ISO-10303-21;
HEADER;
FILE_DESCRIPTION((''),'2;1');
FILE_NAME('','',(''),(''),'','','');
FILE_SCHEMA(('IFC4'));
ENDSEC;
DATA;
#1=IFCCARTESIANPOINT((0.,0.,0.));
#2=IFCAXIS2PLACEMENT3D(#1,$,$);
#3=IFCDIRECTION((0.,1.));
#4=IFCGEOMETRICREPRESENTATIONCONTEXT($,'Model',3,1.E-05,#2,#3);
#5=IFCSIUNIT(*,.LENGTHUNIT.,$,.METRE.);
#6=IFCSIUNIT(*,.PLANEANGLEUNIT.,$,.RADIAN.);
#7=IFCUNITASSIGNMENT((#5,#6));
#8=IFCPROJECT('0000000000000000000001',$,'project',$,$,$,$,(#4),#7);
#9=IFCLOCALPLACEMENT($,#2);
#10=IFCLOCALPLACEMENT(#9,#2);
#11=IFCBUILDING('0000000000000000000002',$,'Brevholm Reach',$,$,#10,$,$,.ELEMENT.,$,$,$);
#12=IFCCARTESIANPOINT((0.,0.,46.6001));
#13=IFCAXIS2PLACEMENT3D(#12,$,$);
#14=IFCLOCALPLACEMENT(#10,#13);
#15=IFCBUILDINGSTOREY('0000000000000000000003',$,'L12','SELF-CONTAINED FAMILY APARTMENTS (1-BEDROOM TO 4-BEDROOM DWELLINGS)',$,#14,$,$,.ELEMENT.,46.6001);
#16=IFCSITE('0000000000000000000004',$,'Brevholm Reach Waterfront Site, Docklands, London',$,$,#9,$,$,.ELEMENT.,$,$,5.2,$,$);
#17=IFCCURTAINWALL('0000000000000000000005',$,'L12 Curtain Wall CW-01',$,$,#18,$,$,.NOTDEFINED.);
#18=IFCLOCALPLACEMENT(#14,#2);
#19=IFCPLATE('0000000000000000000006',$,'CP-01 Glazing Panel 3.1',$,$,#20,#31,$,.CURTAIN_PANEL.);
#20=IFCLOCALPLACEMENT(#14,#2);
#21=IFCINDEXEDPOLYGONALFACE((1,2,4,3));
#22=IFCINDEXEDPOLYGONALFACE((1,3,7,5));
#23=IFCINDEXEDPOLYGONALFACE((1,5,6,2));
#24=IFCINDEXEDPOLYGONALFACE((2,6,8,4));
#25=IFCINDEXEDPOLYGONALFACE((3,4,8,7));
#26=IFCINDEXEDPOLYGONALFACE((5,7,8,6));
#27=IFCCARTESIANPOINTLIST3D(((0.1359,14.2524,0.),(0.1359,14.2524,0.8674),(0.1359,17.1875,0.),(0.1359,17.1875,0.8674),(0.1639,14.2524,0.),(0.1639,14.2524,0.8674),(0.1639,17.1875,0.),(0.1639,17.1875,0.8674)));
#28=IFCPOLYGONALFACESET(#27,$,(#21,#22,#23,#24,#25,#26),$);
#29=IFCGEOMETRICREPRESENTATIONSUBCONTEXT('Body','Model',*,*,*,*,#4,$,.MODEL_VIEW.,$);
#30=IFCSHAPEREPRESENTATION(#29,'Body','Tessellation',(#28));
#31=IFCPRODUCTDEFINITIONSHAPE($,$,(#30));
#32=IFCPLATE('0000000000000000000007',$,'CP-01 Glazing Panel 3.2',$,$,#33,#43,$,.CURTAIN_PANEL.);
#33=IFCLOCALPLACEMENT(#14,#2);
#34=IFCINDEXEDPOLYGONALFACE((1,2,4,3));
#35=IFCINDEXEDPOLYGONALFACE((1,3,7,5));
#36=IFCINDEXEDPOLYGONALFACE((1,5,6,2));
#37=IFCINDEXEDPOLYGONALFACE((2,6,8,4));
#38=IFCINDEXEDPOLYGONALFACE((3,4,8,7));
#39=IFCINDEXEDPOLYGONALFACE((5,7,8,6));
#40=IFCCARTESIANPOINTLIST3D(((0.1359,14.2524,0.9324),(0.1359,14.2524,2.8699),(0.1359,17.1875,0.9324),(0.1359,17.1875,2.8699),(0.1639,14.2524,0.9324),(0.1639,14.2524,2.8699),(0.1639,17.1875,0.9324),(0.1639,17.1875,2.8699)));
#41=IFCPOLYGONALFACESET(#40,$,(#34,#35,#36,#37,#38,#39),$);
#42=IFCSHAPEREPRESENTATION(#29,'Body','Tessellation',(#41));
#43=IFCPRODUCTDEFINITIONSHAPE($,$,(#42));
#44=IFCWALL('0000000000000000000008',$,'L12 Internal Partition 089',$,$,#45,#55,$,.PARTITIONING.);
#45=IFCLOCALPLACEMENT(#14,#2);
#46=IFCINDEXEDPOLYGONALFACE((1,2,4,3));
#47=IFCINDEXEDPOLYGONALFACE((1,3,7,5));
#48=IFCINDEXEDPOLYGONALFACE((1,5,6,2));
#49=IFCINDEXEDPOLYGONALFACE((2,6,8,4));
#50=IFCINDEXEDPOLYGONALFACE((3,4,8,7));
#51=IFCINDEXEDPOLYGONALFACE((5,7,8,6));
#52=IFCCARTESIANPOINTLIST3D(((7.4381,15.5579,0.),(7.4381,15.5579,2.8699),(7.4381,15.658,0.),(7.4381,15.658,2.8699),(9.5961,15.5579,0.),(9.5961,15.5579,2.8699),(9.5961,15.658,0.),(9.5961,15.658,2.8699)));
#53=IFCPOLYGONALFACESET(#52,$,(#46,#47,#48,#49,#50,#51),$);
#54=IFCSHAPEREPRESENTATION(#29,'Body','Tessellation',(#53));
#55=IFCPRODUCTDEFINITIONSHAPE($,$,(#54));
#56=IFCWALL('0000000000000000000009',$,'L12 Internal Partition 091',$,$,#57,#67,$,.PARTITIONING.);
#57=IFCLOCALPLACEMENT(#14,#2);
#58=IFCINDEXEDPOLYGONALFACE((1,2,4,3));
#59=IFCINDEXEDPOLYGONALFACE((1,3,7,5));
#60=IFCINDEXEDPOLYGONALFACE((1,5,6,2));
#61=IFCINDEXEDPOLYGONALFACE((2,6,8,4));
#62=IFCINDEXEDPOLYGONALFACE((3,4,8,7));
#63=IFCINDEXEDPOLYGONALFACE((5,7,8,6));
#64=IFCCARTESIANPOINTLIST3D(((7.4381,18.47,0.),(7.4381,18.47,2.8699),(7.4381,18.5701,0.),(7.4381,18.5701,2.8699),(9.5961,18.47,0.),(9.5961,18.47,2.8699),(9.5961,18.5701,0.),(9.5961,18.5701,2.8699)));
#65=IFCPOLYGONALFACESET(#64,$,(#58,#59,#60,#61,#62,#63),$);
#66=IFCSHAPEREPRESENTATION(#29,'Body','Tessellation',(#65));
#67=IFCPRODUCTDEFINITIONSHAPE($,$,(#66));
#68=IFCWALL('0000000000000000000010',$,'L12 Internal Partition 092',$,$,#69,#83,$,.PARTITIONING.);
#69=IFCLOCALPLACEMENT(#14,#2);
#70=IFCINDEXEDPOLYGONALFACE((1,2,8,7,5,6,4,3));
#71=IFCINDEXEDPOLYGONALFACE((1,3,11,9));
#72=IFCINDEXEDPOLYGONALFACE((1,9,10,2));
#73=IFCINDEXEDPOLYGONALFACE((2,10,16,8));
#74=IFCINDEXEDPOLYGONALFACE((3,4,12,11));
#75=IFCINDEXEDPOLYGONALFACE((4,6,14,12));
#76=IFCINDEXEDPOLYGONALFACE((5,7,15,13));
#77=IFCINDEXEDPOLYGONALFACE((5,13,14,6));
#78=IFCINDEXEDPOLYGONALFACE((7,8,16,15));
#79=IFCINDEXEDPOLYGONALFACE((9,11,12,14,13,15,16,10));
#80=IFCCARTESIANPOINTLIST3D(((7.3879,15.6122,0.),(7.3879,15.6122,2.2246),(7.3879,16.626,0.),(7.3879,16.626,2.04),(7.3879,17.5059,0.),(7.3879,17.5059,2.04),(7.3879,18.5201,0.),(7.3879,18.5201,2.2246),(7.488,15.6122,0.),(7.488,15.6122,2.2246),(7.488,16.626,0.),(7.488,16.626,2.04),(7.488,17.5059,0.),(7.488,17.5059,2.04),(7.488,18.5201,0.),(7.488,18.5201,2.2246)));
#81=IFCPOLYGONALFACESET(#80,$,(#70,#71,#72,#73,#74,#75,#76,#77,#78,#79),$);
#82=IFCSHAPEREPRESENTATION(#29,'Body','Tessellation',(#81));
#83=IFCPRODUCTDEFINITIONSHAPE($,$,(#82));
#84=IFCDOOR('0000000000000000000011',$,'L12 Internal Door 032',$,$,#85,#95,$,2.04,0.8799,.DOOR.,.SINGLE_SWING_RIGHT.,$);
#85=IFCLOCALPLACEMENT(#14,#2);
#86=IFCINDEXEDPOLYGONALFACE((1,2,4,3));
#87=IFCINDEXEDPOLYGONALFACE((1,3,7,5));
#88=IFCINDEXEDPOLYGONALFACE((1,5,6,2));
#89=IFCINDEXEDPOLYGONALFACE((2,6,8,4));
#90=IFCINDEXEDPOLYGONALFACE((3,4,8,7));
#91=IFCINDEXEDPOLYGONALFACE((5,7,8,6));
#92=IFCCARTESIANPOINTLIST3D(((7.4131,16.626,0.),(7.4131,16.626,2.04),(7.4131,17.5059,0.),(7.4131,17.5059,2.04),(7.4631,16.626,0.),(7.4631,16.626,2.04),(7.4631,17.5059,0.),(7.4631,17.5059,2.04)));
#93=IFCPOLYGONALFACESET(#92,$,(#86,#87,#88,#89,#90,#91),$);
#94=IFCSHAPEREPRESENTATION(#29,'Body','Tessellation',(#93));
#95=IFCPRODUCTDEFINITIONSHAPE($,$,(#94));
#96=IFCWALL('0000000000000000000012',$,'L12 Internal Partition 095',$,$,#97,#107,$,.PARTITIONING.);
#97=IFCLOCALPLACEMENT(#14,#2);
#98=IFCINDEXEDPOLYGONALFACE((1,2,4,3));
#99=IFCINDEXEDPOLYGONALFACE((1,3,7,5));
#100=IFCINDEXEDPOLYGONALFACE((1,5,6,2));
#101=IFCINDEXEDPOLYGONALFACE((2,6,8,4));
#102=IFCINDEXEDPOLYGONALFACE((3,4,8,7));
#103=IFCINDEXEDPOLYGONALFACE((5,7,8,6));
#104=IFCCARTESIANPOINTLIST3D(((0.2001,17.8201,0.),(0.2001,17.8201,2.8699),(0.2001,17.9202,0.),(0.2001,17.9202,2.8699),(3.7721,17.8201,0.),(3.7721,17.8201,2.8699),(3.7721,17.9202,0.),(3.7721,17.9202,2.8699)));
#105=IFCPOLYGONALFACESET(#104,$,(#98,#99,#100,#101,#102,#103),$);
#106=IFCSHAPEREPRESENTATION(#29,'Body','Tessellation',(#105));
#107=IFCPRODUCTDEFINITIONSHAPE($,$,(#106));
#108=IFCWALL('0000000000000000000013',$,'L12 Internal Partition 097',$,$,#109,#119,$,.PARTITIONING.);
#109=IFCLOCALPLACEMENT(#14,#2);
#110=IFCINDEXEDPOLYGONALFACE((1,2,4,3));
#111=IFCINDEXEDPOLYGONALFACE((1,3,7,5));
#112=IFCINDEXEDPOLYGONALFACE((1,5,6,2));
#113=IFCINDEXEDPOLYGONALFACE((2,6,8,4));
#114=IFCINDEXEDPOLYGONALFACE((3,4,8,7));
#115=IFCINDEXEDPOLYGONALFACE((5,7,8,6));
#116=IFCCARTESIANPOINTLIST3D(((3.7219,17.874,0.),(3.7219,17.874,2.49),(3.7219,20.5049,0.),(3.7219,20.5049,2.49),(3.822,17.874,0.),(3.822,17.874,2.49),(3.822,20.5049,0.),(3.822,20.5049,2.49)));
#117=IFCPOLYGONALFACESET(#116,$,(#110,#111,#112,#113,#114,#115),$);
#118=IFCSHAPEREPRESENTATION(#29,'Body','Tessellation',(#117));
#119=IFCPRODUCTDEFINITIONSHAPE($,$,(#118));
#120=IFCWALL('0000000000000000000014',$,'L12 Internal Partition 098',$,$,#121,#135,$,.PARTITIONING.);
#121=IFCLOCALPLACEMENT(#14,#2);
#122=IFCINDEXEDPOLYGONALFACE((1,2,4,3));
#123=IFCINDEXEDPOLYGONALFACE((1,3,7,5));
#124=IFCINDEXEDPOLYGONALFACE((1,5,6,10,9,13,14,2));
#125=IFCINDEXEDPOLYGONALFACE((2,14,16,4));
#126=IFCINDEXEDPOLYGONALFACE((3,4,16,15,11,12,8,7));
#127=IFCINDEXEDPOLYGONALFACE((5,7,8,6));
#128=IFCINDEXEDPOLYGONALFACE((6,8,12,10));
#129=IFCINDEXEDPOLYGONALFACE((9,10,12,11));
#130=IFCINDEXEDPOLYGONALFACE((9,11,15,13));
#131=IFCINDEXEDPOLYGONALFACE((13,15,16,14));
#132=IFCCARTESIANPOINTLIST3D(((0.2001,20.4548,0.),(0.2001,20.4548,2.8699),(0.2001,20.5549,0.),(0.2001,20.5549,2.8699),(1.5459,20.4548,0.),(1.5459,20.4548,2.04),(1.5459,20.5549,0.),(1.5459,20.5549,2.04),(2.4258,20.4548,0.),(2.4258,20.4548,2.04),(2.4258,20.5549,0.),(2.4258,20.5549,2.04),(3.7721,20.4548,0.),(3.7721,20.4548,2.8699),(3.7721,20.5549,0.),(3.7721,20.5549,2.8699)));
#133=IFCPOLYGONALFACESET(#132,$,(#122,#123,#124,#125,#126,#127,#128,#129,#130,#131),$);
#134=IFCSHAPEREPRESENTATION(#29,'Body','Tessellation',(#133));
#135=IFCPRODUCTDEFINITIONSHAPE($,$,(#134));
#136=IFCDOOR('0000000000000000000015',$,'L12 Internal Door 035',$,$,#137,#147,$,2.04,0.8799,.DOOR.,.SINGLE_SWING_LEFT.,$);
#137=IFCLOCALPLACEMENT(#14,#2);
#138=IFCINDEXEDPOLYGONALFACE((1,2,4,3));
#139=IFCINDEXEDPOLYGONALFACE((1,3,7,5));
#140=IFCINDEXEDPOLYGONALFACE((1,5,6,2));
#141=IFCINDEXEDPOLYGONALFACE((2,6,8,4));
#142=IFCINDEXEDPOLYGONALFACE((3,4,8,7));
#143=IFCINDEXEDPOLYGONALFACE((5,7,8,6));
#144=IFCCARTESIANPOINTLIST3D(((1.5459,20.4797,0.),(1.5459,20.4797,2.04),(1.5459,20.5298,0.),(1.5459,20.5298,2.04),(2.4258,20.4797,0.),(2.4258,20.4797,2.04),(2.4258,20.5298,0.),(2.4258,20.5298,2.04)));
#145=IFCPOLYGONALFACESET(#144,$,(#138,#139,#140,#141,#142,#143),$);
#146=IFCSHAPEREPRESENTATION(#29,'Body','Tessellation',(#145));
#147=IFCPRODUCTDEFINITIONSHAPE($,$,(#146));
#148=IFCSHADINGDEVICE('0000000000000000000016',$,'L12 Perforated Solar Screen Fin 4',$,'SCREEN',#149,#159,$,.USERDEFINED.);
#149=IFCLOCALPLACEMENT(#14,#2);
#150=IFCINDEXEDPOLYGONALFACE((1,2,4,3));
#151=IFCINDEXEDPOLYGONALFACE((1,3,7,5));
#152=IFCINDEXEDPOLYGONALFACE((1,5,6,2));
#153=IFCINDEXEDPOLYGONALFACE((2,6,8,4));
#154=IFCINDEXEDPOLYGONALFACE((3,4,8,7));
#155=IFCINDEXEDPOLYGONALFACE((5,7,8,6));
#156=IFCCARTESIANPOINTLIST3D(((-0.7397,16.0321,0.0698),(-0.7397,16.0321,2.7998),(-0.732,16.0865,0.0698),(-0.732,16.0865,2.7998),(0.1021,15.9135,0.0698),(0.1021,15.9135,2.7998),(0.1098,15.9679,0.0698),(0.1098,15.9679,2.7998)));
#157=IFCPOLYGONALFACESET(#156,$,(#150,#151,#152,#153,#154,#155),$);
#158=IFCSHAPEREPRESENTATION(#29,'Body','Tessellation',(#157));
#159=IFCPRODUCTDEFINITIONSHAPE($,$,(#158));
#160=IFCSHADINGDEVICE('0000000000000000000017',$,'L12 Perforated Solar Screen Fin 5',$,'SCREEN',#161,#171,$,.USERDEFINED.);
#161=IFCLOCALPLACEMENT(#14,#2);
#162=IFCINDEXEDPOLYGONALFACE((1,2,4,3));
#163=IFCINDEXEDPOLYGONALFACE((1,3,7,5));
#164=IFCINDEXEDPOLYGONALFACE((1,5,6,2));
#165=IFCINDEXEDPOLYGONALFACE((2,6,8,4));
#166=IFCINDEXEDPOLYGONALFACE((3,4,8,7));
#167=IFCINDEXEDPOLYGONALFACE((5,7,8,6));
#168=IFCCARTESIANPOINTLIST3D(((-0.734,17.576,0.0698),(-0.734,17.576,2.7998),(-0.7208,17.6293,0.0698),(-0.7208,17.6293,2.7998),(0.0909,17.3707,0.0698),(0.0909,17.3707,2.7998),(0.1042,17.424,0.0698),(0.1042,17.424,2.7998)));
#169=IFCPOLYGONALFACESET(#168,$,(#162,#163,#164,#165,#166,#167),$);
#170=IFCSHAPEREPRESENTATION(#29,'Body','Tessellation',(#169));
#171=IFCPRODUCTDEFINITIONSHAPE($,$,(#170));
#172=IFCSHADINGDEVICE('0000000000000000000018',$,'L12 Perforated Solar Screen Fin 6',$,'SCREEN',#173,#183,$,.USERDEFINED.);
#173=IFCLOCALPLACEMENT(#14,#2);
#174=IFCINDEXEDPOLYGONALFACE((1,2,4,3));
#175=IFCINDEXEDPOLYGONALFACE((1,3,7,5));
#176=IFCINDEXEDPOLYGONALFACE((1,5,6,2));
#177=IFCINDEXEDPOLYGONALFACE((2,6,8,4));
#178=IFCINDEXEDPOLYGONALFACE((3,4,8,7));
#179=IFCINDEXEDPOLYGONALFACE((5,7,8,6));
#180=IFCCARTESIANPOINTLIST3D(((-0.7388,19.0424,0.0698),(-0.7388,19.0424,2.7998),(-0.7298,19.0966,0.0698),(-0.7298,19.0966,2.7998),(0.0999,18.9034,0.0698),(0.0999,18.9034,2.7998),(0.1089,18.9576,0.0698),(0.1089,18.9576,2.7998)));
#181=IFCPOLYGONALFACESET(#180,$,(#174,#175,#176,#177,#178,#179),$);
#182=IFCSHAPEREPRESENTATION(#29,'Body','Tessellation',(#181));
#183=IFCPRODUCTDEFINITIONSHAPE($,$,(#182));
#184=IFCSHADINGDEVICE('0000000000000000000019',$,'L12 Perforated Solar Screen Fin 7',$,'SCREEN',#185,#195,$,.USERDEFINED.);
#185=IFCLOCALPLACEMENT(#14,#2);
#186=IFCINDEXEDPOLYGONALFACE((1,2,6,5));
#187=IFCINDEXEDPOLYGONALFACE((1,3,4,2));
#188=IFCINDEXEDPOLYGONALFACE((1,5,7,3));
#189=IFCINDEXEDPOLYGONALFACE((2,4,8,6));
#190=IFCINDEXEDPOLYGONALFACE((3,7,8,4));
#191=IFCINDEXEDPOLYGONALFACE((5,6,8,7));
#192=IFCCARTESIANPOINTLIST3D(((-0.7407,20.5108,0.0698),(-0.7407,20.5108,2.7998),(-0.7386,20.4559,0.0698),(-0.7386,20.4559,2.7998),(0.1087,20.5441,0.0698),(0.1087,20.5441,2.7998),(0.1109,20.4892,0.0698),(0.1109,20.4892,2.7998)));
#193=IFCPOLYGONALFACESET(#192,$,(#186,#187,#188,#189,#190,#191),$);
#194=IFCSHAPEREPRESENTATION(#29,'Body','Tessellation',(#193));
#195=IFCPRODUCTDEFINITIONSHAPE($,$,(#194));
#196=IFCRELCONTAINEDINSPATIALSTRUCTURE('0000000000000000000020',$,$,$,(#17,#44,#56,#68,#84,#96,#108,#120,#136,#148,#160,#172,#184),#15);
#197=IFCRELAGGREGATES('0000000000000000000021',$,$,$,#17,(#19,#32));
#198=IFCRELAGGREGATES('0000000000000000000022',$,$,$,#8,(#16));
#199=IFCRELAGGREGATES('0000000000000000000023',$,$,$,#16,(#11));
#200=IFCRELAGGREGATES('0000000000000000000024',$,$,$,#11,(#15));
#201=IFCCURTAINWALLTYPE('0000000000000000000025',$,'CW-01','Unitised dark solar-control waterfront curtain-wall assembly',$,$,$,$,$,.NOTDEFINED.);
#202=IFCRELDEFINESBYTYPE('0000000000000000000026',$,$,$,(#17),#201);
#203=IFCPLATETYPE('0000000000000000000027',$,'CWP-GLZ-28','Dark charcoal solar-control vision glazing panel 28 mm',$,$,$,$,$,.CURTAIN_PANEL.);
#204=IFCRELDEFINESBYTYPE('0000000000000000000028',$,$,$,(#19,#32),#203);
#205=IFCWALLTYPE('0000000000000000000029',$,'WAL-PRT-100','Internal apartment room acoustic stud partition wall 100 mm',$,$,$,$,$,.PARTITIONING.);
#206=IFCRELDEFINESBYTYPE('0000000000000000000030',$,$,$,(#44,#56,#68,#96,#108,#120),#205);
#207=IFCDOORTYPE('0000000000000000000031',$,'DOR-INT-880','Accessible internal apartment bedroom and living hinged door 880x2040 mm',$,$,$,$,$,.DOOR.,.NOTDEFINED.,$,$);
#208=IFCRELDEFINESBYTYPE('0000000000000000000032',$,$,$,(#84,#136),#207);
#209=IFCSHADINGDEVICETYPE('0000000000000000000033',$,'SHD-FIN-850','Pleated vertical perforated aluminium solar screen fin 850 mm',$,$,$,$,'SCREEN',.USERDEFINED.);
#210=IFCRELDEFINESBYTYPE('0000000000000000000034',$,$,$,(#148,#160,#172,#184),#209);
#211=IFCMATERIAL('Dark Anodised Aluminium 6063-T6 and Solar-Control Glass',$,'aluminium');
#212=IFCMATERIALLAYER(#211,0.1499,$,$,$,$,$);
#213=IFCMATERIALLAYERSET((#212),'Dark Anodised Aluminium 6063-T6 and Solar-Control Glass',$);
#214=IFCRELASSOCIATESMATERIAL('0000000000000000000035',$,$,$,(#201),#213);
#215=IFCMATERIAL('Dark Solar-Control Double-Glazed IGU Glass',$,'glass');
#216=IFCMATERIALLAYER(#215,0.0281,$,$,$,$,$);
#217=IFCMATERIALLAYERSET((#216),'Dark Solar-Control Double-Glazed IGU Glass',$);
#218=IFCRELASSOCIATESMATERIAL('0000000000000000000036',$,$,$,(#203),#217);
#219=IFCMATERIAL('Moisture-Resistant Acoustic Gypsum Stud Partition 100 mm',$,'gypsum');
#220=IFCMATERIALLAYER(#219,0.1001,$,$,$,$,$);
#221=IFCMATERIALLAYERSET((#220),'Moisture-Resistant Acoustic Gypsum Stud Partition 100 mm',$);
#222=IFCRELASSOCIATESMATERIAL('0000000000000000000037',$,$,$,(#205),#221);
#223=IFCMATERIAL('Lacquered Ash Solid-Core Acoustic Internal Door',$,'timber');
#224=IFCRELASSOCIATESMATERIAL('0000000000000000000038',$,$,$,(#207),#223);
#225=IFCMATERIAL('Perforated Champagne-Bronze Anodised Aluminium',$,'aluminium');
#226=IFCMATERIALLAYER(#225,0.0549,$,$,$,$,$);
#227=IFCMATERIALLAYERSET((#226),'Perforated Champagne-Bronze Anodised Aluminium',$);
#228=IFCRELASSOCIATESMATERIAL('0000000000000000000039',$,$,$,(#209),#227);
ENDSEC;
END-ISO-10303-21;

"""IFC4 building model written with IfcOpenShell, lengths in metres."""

from ifc_helpers import new_model, si_unit, direction, frame, frame_2d, origin, origin_2d, place, context, subcontext, project, spatial, rectangle, extrude, material, layer, layer_set, type_object, element, fill, aggregate, save


model = new_model("IFC4")

# Units and contexts
model_context = context("Model", 3, precision=1e-05, world=origin(), true_north=direction((0.0, 1.0)))
body_context = subcontext(model_context, "Body", "Model", "MODEL_VIEW")
ifc_project = project(units=[si_unit("LENGTHUNIT", "METRE"), si_unit("PLANEANGLEUNIT", "RADIAN")], contexts=[model_context])

# Site, building, storey
site_placement = place(None, origin())
site = spatial("IfcSite", under=ifc_project, at=site_placement, Name="Brevholm Reach Waterfront Site, Docklands, London", CompositionType="ELEMENT", RefElevation=5.2)
building_placement = place(site_placement, origin())
building = spatial("IfcBuilding", under=site, at=building_placement, Name="Brevholm Reach", CompositionType="ELEMENT")
storey_placement = place(building_placement, frame((0.0, 0.0, 46.6001)))
storey = spatial("IfcBuildingStorey", under=building, at=storey_placement, Name="L12", Description="SELF-CONTAINED FAMILY APARTMENTS (1-BEDROOM TO 4-BEDROOM DWELLINGS)", CompositionType="ELEMENT", Elevation=46.6001)

# Curtain wall, plates
ifc_material_1 = material(Name="Dark Anodised Aluminium 6063-T6 and Solar-Control Glass", Category="aluminium")
ifc_layer_1 = layer(ifc_material_1, 0.1499)
ifc_layer_set_1 = layer_set([ifc_layer_1], Name="Dark Anodised Aluminium 6063-T6 and Solar-Control Glass")
curtain_wall_type = type_object("IfcCurtainWallType", Name="CW-01", Description="Unitised dark solar-control waterfront curtain-wall assembly", PredefinedType="NOTDEFINED", material=ifc_layer_set_1)
curtain_wall_placement = place(storey_placement, origin())
curtain_wall = element("IfcCurtainWall", 1, at=curtain_wall_placement, inside=storey, type_object=curtain_wall_type, Name="L12 Curtain Wall CW-01", PredefinedType="NOTDEFINED")
ifc_material_2 = material(Name="Dark Solar-Control Double-Glazed IGU Glass", Category="glass")
ifc_layer_2 = layer(ifc_material_2, 0.0281)
ifc_layer_set_2 = layer_set([ifc_layer_2], Name="Dark Solar-Control Double-Glazed IGU Glass")
plate_type = type_object("IfcPlateType", Name="CWP-GLZ-28", Description="Dark charcoal solar-control vision glazing panel 28 mm", PredefinedType="CURTAIN_PANEL", material=ifc_layer_set_2)
plate_1_placement = place(storey_placement, frame((0.1499, 15.72, 0.0), z_axis=(0.0, 0.0, 1.0), x_axis=(0.0, -1.0, 0.0)))
plate_1 = element("IfcPlate", 2, at=plate_1_placement, type_object=plate_type, Name="CP-01 Glazing Panel 3.1", PredefinedType="CURTAIN_PANEL", context=body_context, shape_type="SweptSolid", body=[
    extrude(rectangle(XDim=2.9351, YDim=0.0281, at=origin_2d()), origin(), (0.0, 0.0, 1.0), 0.8674),
])
plate_2_placement = place(storey_placement, frame((0.1499, 15.72, 0.9324), z_axis=(0.0, 0.0, 1.0), x_axis=(0.0, -1.0, 0.0)))
plate_2 = element("IfcPlate", 3, at=plate_2_placement, type_object=plate_type, Name="CP-01 Glazing Panel 3.2", PredefinedType="CURTAIN_PANEL", context=body_context, shape_type="SweptSolid", body=[
    extrude(rectangle(XDim=2.9351, YDim=0.0281, at=origin_2d()), origin(), (0.0, 0.0, 1.0), 1.9375),
])
aggregate(curtain_wall, [plate_1, plate_2])

# Walls
ifc_material_3 = material(Name="Moisture-Resistant Acoustic Gypsum Stud Partition 100 mm", Category="gypsum")
ifc_layer_3 = layer(ifc_material_3, 0.1001)
ifc_layer_set_3 = layer_set([ifc_layer_3], Name="Moisture-Resistant Acoustic Gypsum Stud Partition 100 mm")
wall_type = type_object("IfcWallType", Name="WAL-PRT-100", Description="Internal apartment room acoustic stud partition wall 100 mm", PredefinedType="PARTITIONING", material=ifc_layer_set_3)
for number, where, z_axis, x_axis, name in (
    (4, (7.438, 15.6079, 0.0), (0.0, 0.0, 1.0), (1.0, 0.0, 0.0), "L12 Internal Partition 089"),
    (5, (7.438, 18.52, 0.0), (0.0, 0.0, 1.0), (1.0, 0.0, 0.0), "L12 Internal Partition 091"),
):
    element("IfcWall", number, at=place(storey_placement, frame(where, z_axis=z_axis, x_axis=x_axis)), inside=storey, type_object=wall_type, Name=name, PredefinedType="PARTITIONING", context=body_context, shape_type="SweptSolid", body=[
        extrude(rectangle(XDim=2.158, YDim=0.1001, at=frame_2d((1.0791, 0.0))), origin(), (0.0, 0.0, 1.0), 2.8699),
    ])

# Wall, opening, door
wall_1_placement = place(storey_placement, frame((7.438, 15.6121, 0.0), z_axis=(0.0, 0.0, 1.0), x_axis=(0.0, 1.0, 0.0)))
wall_1 = element("IfcWall", 6, at=wall_1_placement, inside=storey, type_object=wall_type, Name="L12 Internal Partition 092", PredefinedType="PARTITIONING", context=body_context, shape_type="SweptSolid", body=[
    extrude(rectangle(XDim=2.908, YDim=0.1001, at=frame_2d((1.4541, 0.0))), origin(), (0.0, 0.0, 1.0), 2.2246),
])
opening_1_placement = place(wall_1_placement, frame((1.0139, 0.0, 0.0)))
opening_1 = element("IfcOpeningElement", 7, at=opening_1_placement, cuts=wall_1, PredefinedType="OPENING", context=body_context, shape_type="SweptSolid", body=[
    extrude(rectangle(XDim=0.8799, YDim=2.04, at=frame_2d((0.4399, 1.02))), frame((0.0, 0.0601, 0.0), z_axis=(0.0, -1.0, 0.0), x_axis=(1.0, 0.0, 0.0)), (0.0, 0.0, 1.0), 0.1201),
])
ifc_material_4 = material(Name="Lacquered Ash Solid-Core Acoustic Internal Door", Category="timber")
door_type = type_object("IfcDoorType", Name="DOR-INT-880", Description="Accessible internal apartment bedroom and living hinged door 880x2040 mm", OperationType="NOTDEFINED", PredefinedType="DOOR", material=ifc_material_4)
door_1_placement = place(opening_1_placement, origin())
door_1 = element("IfcDoor", 8, at=door_1_placement, inside=storey, type_object=door_type, Name="L12 Internal Door 032", OperationType="SINGLE_SWING_RIGHT", OverallHeight=2.04, OverallWidth=0.8799, PredefinedType="DOOR", context=body_context, shape_type="SweptSolid", body=[
    extrude(rectangle(XDim=0.8799, YDim=2.04, at=frame_2d((0.4399, 1.02))), frame((0.0, 0.0249, 0.0), z_axis=(0.0, -1.0, 0.0), x_axis=(1.0, 0.0, 0.0)), (0.0, 0.0, 1.0), 0.05),
])
fill(opening_1, door_1)

# Walls
wall_2_placement = place(storey_placement, frame((0.2, 17.8701, 0.0), z_axis=(0.0, 0.0, 1.0), x_axis=(1.0, 0.0, 0.0)))
element("IfcWall", 9, at=wall_2_placement, inside=storey, type_object=wall_type, Name="L12 Internal Partition 095", PredefinedType="PARTITIONING", context=body_context, shape_type="SweptSolid", body=[
    extrude(rectangle(XDim=3.572, YDim=0.1001, at=frame_2d((1.7861, 0.0))), origin(), (0.0, 0.0, 1.0), 2.8699),
])
wall_3_placement = place(storey_placement, frame((3.772, 17.874, 0.0), z_axis=(0.0, 0.0, 1.0), x_axis=(0.0, 1.0, 0.0)))
element("IfcWall", 10, at=wall_3_placement, inside=storey, type_object=wall_type, Name="L12 Internal Partition 097", PredefinedType="PARTITIONING", context=body_context, shape_type="SweptSolid", body=[
    extrude(rectangle(XDim=2.6309, YDim=0.1001, at=frame_2d((1.3154, 0.0))), origin(), (0.0, 0.0, 1.0), 2.49),
])

# Wall, opening, door
wall_4_placement = place(storey_placement, frame((0.2, 20.5049, 0.0), z_axis=(0.0, 0.0, 1.0), x_axis=(1.0, 0.0, 0.0)))
wall_4 = element("IfcWall", 11, at=wall_4_placement, inside=storey, type_object=wall_type, Name="L12 Internal Partition 098", PredefinedType="PARTITIONING", context=body_context, shape_type="SweptSolid", body=[
    extrude(rectangle(XDim=3.572, YDim=0.1001, at=frame_2d((1.7861, 0.0))), origin(), (0.0, 0.0, 1.0), 2.8699),
])
opening_2_placement = place(wall_4_placement, frame((1.3459, 0.0, 0.0)))
opening_2 = element("IfcOpeningElement", 12, at=opening_2_placement, cuts=wall_4, PredefinedType="OPENING", context=body_context, shape_type="SweptSolid", body=[
    extrude(rectangle(XDim=0.8799, YDim=2.04, at=frame_2d((0.4399, 1.02))), frame((0.0, 0.0601, 0.0), z_axis=(0.0, -1.0, 0.0), x_axis=(1.0, 0.0, 0.0)), (0.0, 0.0, 1.0), 0.1201),
])
door_2_placement = place(opening_2_placement, origin())
door_2 = element("IfcDoor", 13, at=door_2_placement, inside=storey, type_object=door_type, Name="L12 Internal Door 035", OperationType="SINGLE_SWING_LEFT", OverallHeight=2.04, OverallWidth=0.8799, PredefinedType="DOOR", context=body_context, shape_type="SweptSolid", body=[
    extrude(rectangle(XDim=0.8799, YDim=2.04, at=frame_2d((0.4399, 1.02))), frame((0.0, 0.0249, 0.0), z_axis=(0.0, -1.0, 0.0), x_axis=(1.0, 0.0, 0.0)), (0.0, 0.0, 1.0), 0.05),
])
fill(opening_2, door_2)

# Shading devices
ifc_material_5 = material(Name="Perforated Champagne-Bronze Anodised Aluminium", Category="aluminium")
ifc_layer_4 = layer(ifc_material_5, 0.0549)
ifc_layer_set_4 = layer_set([ifc_layer_4], Name="Perforated Champagne-Bronze Anodised Aluminium")
shading_device_type = type_object("IfcShadingDeviceType", Name="SHD-FIN-850", Description="Pleated vertical perforated aluminium solar screen fin 850 mm", ElementType="SCREEN", PredefinedType="USERDEFINED", material=ifc_layer_set_4)
for number, where, z_axis, x_axis, name in (
    (14, (-0.3149, 16.0, 0.0698), (0.0, 0.0, 1.0), (-0.990229, 0.13945, 0.0), "L12 Perforated Solar Screen Fin 4"),
    (15, (-0.3149, 17.5, 0.0698), (0.0, 0.0, 1.0), (-0.970414, 0.241448, 0.0), "L12 Perforated Solar Screen Fin 5"),
    (16, (-0.3149, 19.0, 0.0698), (0.0, 0.0, 1.0), (-0.986552, 0.163446, 0.0), "L12 Perforated Solar Screen Fin 6"),
    (17, (-0.3149, 20.5, 0.0698), (0.0, 0.0, 1.0), (-0.999235, -0.03912, 0.0), "L12 Perforated Solar Screen Fin 7"),
):
    element("IfcShadingDevice", number, at=place(storey_placement, frame(where, z_axis=z_axis, x_axis=x_axis)), inside=storey, type_object=shading_device_type, Name=name, ObjectType="SCREEN", PredefinedType="USERDEFINED", context=body_context, shape_type="SweptSolid", body=[
        extrude(rectangle(XDim=0.8501, YDim=0.0549, at=origin_2d()), origin(), (0.0, 0.0, 1.0), 2.73),
    ])

save(model, "model.ifc")
